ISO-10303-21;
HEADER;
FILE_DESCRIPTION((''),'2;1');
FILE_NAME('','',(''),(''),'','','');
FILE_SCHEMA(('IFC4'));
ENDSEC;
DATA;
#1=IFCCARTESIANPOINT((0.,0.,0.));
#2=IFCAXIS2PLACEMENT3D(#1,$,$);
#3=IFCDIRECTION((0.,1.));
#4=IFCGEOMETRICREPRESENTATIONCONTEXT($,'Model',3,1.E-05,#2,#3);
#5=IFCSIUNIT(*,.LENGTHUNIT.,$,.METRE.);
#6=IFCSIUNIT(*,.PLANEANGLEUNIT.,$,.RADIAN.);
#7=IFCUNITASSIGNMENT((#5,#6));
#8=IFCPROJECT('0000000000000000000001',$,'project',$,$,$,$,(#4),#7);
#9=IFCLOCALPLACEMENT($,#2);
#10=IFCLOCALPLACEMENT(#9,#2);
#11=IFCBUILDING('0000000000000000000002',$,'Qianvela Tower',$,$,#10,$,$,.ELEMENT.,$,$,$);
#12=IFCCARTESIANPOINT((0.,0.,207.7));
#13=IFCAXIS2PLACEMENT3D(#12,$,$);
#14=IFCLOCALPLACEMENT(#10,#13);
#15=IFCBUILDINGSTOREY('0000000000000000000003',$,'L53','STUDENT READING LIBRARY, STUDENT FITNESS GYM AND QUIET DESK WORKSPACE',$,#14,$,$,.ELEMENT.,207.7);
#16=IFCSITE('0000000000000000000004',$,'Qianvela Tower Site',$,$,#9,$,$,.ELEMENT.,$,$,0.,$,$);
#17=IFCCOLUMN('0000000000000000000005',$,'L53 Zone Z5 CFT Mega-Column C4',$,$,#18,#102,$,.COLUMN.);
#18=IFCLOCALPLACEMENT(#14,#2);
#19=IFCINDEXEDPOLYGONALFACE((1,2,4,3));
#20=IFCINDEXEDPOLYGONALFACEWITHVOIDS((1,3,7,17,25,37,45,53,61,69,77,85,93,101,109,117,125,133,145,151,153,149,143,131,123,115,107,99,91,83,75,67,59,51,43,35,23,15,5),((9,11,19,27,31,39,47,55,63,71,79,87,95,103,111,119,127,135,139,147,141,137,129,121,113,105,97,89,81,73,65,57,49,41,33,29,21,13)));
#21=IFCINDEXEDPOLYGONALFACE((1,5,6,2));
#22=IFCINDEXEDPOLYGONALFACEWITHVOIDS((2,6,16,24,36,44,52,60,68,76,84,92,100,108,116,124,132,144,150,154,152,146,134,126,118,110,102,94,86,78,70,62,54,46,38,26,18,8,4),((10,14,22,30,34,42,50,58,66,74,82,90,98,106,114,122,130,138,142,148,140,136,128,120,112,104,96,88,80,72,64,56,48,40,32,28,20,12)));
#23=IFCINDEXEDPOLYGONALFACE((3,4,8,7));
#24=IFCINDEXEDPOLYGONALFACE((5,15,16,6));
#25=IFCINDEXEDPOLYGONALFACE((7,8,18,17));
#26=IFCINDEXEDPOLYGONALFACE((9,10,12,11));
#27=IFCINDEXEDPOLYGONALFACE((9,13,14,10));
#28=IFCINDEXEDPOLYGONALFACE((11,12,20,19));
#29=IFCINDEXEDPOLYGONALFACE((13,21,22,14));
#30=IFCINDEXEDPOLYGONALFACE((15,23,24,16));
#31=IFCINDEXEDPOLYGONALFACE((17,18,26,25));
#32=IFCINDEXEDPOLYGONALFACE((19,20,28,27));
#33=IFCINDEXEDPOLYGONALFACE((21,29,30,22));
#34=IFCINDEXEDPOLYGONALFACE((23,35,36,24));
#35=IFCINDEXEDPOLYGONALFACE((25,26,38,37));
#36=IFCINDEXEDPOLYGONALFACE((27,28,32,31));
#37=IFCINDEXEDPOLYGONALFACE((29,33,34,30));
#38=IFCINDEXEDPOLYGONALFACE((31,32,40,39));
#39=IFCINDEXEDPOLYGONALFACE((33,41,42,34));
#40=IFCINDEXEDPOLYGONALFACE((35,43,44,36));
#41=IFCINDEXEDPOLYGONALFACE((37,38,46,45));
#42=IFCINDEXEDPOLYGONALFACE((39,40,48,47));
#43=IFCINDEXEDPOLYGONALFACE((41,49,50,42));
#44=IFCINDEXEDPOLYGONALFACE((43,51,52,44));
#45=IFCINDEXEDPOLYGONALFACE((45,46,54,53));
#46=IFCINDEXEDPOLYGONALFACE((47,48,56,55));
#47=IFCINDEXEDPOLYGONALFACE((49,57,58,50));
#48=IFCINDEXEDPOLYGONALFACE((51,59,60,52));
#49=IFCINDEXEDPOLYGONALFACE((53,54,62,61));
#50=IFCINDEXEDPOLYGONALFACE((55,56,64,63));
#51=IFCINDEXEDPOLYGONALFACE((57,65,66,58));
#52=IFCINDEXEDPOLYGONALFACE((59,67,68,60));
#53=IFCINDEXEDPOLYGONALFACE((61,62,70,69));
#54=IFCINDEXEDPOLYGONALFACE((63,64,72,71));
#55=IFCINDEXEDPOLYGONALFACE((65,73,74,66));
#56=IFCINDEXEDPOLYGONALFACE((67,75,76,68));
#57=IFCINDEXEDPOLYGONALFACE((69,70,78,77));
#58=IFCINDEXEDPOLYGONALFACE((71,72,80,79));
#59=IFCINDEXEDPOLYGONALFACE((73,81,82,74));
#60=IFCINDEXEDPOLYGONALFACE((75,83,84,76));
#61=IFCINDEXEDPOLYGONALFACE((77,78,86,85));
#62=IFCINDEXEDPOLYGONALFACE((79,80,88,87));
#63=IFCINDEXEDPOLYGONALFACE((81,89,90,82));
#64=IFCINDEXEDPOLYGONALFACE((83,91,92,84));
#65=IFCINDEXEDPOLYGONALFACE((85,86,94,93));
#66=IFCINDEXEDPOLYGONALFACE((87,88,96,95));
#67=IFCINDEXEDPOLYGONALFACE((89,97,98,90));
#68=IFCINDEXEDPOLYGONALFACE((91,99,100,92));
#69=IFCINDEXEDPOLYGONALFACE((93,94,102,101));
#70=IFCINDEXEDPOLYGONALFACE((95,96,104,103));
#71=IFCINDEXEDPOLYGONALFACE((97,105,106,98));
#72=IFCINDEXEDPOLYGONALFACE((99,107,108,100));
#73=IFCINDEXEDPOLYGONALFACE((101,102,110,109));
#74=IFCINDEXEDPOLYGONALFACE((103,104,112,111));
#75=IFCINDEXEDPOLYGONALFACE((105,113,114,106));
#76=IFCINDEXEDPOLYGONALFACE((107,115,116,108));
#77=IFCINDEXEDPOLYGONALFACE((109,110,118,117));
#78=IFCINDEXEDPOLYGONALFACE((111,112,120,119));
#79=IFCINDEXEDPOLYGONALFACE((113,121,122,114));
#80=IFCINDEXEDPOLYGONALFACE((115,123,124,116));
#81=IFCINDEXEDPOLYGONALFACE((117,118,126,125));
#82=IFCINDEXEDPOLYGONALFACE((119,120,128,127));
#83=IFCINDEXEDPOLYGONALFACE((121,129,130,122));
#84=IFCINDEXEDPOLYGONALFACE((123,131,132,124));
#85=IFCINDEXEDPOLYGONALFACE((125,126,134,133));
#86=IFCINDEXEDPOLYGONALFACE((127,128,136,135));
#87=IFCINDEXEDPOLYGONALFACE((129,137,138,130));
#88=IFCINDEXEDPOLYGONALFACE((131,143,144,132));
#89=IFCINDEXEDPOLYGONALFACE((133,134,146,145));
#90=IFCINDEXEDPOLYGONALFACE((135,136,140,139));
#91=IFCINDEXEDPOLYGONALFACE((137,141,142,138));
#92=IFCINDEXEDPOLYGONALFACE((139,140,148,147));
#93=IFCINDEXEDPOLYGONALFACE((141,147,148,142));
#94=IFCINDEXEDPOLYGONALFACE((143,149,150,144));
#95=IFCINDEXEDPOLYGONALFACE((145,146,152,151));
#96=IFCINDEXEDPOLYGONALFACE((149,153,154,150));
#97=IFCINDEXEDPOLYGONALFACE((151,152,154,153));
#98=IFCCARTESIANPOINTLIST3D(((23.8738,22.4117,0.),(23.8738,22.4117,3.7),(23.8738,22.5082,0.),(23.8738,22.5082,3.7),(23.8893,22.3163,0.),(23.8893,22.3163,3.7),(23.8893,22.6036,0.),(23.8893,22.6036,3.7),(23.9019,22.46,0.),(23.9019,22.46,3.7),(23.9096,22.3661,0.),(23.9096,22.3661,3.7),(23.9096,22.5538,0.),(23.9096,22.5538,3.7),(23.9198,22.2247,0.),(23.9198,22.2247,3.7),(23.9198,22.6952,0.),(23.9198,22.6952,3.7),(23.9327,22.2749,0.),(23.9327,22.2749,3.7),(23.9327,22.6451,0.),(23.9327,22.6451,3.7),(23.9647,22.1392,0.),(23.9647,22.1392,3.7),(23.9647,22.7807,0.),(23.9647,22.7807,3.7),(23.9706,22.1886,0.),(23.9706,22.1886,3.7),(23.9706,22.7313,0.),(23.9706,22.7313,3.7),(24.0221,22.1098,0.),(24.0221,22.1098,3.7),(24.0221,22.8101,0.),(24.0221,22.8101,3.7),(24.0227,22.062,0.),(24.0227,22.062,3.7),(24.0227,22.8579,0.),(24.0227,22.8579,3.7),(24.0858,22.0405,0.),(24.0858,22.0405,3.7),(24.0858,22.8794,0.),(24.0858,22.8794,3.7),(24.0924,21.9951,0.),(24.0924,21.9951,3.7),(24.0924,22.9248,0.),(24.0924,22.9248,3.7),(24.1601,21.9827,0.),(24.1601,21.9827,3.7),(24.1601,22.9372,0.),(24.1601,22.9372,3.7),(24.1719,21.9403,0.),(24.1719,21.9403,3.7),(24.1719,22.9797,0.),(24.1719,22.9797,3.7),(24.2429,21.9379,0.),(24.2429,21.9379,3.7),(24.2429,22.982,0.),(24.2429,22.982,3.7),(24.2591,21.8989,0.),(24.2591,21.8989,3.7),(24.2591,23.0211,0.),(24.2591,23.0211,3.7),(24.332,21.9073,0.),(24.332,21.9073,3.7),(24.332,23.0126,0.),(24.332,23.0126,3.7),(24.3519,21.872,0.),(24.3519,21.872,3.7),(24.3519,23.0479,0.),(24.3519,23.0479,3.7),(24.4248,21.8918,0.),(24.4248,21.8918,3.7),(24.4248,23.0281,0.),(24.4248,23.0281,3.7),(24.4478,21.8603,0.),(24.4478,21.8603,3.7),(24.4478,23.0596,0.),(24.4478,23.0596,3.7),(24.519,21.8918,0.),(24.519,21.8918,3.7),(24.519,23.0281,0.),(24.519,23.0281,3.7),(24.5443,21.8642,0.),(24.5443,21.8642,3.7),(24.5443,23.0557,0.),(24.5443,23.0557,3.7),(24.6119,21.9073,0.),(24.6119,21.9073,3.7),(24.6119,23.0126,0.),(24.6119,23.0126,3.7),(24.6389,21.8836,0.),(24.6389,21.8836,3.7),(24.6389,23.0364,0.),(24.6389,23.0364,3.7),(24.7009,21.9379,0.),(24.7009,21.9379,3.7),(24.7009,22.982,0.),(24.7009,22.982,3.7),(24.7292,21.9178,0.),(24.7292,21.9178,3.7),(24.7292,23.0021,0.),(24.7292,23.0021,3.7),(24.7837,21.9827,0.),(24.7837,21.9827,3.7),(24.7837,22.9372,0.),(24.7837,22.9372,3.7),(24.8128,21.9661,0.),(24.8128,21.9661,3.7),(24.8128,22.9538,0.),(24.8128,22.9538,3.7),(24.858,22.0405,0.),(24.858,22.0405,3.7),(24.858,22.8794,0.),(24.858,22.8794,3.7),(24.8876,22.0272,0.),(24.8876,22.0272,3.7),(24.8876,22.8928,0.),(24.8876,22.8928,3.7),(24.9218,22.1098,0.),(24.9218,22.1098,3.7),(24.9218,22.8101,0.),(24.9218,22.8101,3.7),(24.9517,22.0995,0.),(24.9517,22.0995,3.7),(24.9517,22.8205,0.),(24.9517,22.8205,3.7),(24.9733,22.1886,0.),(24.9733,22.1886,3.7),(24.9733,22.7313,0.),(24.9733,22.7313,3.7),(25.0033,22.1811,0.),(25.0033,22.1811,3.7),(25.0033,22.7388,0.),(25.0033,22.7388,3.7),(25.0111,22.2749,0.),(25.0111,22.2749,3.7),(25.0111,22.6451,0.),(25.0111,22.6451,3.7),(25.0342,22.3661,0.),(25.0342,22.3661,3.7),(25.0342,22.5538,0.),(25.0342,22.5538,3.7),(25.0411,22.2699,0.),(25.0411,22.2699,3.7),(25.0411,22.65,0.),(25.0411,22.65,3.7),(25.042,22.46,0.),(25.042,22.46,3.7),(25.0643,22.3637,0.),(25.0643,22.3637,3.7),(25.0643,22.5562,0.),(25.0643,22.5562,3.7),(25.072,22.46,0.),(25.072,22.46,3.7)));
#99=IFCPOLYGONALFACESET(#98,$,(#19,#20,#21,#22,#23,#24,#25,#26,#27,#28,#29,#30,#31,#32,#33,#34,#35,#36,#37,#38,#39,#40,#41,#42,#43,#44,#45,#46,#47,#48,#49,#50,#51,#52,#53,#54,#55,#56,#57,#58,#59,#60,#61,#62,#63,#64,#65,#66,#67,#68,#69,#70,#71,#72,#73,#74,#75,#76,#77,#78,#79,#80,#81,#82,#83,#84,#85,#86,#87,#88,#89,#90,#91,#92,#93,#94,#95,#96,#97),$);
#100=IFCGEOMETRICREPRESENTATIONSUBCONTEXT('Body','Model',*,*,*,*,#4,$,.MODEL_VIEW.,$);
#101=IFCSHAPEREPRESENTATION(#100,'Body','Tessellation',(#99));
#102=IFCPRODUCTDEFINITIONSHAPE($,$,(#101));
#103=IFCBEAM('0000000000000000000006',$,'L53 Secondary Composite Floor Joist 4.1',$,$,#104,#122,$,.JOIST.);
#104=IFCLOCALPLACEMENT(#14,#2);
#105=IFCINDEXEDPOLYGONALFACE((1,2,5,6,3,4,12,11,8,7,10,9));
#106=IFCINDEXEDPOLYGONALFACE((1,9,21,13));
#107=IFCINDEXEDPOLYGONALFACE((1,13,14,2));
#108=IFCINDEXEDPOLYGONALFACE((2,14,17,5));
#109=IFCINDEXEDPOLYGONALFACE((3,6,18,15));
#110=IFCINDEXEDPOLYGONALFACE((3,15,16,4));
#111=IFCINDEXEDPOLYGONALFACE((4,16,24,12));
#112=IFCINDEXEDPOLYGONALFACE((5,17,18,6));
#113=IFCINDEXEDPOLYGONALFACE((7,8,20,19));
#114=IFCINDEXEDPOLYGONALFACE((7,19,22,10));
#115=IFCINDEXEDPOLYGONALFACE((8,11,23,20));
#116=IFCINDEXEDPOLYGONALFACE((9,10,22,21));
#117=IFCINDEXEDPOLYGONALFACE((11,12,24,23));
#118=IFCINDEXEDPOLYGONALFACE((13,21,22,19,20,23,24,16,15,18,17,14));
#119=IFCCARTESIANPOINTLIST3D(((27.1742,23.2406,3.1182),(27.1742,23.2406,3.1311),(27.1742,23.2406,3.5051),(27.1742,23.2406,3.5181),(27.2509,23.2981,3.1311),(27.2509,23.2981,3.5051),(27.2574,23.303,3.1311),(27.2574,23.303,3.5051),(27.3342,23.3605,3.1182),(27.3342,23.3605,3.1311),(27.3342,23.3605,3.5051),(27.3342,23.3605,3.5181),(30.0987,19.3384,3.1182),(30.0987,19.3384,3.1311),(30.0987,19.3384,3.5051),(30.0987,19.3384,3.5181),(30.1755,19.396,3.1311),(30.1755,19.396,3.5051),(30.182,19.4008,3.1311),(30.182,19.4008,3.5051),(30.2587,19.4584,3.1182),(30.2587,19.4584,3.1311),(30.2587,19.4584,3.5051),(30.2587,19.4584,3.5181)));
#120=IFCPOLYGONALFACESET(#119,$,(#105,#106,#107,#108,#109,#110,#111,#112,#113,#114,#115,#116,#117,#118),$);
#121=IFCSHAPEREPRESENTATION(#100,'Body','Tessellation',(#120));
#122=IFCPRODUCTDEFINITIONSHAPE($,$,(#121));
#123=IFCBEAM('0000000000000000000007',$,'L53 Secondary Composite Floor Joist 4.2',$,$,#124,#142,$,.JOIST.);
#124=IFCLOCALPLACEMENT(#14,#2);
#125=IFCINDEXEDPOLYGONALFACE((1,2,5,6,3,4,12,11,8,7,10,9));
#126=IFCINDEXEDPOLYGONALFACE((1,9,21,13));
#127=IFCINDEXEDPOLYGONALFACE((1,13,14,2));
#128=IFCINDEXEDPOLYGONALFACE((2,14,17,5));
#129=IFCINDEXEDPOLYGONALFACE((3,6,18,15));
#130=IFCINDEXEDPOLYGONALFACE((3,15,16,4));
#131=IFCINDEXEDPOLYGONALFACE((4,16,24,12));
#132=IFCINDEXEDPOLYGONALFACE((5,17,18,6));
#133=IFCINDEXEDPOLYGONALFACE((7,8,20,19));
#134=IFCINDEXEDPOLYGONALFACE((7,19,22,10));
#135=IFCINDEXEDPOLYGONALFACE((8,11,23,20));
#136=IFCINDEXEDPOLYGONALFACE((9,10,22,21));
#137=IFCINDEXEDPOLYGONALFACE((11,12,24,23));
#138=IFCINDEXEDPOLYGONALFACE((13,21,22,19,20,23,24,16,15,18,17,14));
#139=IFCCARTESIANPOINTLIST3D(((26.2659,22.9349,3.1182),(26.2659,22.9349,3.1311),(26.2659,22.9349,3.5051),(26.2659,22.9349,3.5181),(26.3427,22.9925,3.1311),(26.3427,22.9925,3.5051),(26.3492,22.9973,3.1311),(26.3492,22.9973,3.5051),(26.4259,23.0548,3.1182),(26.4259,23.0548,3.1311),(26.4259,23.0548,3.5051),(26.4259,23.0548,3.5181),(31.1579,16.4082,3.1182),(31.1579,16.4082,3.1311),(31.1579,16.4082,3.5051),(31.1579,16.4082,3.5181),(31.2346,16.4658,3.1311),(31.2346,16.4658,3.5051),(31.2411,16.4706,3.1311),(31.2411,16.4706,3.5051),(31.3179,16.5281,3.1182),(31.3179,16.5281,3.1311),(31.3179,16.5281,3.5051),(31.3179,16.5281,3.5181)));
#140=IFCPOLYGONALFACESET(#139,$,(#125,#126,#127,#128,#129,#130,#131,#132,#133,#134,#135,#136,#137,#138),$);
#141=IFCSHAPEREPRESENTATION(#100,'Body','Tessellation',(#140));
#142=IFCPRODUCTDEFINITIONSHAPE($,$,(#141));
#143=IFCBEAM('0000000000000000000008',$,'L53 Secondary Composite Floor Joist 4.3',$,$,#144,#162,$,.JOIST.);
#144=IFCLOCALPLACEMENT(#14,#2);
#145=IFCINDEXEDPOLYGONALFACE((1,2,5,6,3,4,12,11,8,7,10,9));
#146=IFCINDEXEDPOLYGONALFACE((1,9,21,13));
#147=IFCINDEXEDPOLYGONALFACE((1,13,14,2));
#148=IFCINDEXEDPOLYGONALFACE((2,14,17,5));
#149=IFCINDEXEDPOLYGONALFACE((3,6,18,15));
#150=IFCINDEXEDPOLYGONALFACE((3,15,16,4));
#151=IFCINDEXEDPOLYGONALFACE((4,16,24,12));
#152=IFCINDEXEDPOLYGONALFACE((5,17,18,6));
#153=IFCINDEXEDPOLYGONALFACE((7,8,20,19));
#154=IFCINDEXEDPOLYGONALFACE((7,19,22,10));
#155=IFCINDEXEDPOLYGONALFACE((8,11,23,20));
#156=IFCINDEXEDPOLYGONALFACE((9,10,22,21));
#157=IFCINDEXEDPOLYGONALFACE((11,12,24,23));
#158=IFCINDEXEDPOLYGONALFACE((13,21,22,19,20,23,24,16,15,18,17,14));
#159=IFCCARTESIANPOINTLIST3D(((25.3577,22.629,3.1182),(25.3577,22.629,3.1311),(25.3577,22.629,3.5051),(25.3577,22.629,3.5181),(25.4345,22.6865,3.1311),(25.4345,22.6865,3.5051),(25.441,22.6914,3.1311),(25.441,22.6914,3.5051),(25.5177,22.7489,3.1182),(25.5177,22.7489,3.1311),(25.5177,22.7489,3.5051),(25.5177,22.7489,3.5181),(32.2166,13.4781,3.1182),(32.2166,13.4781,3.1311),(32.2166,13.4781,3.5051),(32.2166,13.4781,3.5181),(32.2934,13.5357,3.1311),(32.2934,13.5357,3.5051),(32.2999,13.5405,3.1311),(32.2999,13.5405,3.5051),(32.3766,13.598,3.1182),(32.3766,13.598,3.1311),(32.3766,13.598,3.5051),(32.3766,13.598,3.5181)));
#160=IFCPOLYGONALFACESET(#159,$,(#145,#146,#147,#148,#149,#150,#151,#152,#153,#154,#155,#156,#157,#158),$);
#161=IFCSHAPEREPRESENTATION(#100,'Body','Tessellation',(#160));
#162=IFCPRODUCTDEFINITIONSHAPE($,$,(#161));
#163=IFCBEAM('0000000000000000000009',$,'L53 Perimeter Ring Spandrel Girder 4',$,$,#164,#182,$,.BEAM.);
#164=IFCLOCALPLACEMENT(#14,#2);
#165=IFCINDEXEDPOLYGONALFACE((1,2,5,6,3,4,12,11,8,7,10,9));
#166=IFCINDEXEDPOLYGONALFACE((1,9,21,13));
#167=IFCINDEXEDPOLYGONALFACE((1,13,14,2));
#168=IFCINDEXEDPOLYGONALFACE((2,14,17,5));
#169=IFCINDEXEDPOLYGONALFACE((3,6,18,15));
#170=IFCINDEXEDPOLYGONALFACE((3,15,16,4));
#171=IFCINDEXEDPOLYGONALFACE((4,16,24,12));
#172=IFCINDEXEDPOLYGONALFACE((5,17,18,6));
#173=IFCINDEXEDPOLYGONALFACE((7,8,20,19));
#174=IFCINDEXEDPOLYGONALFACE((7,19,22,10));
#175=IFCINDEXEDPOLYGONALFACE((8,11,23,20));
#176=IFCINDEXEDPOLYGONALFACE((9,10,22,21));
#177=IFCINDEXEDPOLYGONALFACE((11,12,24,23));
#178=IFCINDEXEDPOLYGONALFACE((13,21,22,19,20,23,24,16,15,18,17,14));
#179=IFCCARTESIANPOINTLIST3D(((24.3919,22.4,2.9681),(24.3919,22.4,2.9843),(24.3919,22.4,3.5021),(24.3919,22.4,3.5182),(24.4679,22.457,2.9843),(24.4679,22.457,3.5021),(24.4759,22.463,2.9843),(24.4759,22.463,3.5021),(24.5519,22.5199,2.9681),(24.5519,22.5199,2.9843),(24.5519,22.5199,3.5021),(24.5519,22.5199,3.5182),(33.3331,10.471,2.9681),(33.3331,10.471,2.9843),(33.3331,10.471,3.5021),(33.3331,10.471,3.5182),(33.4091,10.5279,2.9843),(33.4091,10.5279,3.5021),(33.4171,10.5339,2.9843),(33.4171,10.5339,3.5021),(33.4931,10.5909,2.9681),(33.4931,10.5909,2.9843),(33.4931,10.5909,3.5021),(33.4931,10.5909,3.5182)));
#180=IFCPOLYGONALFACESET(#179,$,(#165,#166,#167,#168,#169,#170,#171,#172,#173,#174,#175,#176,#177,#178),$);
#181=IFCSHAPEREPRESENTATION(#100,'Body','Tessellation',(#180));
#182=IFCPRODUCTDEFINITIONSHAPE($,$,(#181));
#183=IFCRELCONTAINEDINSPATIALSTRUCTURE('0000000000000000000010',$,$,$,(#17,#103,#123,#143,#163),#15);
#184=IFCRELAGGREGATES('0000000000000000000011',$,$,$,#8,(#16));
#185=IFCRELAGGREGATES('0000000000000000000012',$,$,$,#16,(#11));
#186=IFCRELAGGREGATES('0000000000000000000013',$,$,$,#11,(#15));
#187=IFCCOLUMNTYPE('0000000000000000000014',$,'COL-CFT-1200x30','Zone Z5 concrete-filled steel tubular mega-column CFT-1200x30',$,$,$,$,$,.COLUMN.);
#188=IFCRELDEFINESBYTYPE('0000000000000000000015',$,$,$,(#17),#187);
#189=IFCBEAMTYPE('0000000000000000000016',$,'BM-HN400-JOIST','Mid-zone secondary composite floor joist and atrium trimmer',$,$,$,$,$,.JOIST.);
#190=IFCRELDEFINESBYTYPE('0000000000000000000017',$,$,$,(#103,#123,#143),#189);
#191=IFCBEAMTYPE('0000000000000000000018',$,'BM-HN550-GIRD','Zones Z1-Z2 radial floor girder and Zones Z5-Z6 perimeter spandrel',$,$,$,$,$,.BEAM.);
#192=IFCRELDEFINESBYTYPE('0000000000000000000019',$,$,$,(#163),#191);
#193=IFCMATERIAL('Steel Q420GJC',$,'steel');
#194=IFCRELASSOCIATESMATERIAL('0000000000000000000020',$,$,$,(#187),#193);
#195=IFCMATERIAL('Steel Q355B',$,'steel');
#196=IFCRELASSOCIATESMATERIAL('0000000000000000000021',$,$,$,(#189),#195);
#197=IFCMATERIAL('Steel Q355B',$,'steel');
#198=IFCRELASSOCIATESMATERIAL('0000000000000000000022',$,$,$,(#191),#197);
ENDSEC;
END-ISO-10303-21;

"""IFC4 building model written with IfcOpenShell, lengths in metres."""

from ifc_helpers import new_model, si_unit, direction, frame, origin, origin_2d, place, context, subcontext, project, spatial, hollow_circle, i_section, extrude, material, material_profile, profile_set, type_object, element, save


model = new_model("IFC4")

# Units and contexts
model_context = context("Model", 3, precision=1e-05, world=origin(), true_north=direction((0.0, 1.0)))
body_context = subcontext(model_context, "Body", "Model", "MODEL_VIEW")
ifc_project = project(units=[si_unit("LENGTHUNIT", "METRE"), si_unit("PLANEANGLEUNIT", "RADIAN")], contexts=[model_context])

# Site, building, storey
site_placement = place(None, origin())
site = spatial("IfcSite", under=ifc_project, at=site_placement, Name="Qianvela Tower Site", CompositionType="ELEMENT", RefElevation=0.0)
building_placement = place(site_placement, origin())
building = spatial("IfcBuilding", under=site, at=building_placement, Name="Qianvela Tower", CompositionType="ELEMENT")
storey_placement = place(building_placement, frame((0.0, 0.0, 207.7)))
storey = spatial("IfcBuildingStorey", under=building, at=storey_placement, Name="L53", Description="STUDENT READING LIBRARY, STUDENT FITNESS GYM AND QUIET DESK WORKSPACE", CompositionType="ELEMENT", Elevation=207.7)

# Column
ifc_material_1 = material(Name="Steel Q420GJC", Category="steel")
ifc_material_profile_1 = material_profile(ifc_material_1, hollow_circle(Radius=0.6001, WallThickness=0.03, at=origin_2d()), Name="CFT-1200x30")
ifc_profile_set_1 = profile_set([ifc_material_profile_1], Name="Steel Q420GJC")
column_type = type_object("IfcColumnType", Name="COL-CFT-1200x30", Description="Zone Z5 concrete-filled steel tubular mega-column CFT-1200x30", PredefinedType="COLUMN", material=ifc_profile_set_1)
column_placement = place(storey_placement, frame((24.4719, 22.46, 0.0), z_axis=(0.0, 0.0, 1.0), x_axis=(1.0, 0.0, 0.0)))
element("IfcColumn", 1, at=column_placement, inside=storey, type_object=column_type, Name="L53 Zone Z5 CFT Mega-Column C4", PredefinedType="COLUMN", context=body_context, shape_type="SweptSolid", body=[
    extrude(hollow_circle(Radius=0.6001, WallThickness=0.03, at=origin_2d()), origin(), (0.0, 0.0, 1.0), 3.7),
])

# Beams
ifc_material_2 = material(Name="Steel Q355B", Category="steel")
ifc_material_profile_2 = material_profile(ifc_material_2, i_section(OverallWidth=0.2, OverallDepth=0.3999, WebThickness=0.0081, FlangeThickness=0.0129, at=origin_2d()), Name="HN400x200x8x13")
ifc_profile_set_2 = profile_set([ifc_material_profile_2], Name="Steel Q355B")
beam_type_1 = type_object("IfcBeamType", Name="BM-HN400-JOIST", Description="Mid-zone secondary composite floor joist and atrium trimmer", PredefinedType="JOIST", material=ifc_profile_set_2)
beam_1_placement = place(storey_placement, frame((27.2542, 23.3005, 3.3181), z_axis=(0.599736, -0.800198, 0.0), x_axis=(0.800198, 0.599736, 0.0)))
element("IfcBeam", 2, at=beam_1_placement, inside=storey, type_object=beam_type_1, Name="L53 Secondary Composite Floor Joist 4.1", PredefinedType="JOIST", context=body_context, shape_type="SweptSolid", body=[
    extrude(i_section(OverallWidth=0.2, OverallDepth=0.3999, WebThickness=0.0081, FlangeThickness=0.0129, at=origin_2d()), origin(), (0.0, 0.0, 1.0), 4.8765),
])
beam_2_placement = place(storey_placement, frame((26.3459, 22.9949, 3.3181), z_axis=(0.599756, -0.800183, 0.0), x_axis=(0.800183, 0.599756, 0.0)))
element("IfcBeam", 3, at=beam_2_placement, inside=storey, type_object=beam_type_1, Name="L53 Secondary Composite Floor Joist 4.2", PredefinedType="JOIST", context=body_context, shape_type="SweptSolid", body=[
    extrude(i_section(OverallWidth=0.2, OverallDepth=0.3999, WebThickness=0.0081, FlangeThickness=0.0129, at=origin_2d()), origin(), (0.0, 0.0, 1.0), 8.1565),
])
beam_3_placement = place(storey_placement, frame((25.4377, 22.689, 3.3181), z_axis=(0.599761, -0.800179, 0.0), x_axis=(0.800179, 0.599761, 0.0)))
element("IfcBeam", 4, at=beam_3_placement, inside=storey, type_object=beam_type_1, Name="L53 Secondary Composite Floor Joist 4.3", PredefinedType="JOIST", context=body_context, shape_type="SweptSolid", body=[
    extrude(i_section(OverallWidth=0.2, OverallDepth=0.3999, WebThickness=0.0081, FlangeThickness=0.0129, at=origin_2d()), origin(), (0.0, 0.0, 1.0), 11.436),
])
ifc_material_3 = material(Name="Steel Q355B", Category="steel")
ifc_material_profile_3 = material_profile(ifc_material_3, i_section(OverallWidth=0.2, OverallDepth=0.55, WebThickness=0.01, FlangeThickness=0.0161, at=origin_2d()), Name="HN550x200x10x16")
ifc_profile_set_3 = profile_set([ifc_material_profile_3], Name="Steel Q355B")
beam_type_2 = type_object("IfcBeamType", Name="BM-HN550-GIRD", Description="Zones Z1-Z2 radial floor girder and Zones Z5-Z6 perimeter spandrel", PredefinedType="BEAM", material=ifc_profile_set_3)
beam_4_placement = place(storey_placement, frame((24.4719, 22.46, 3.2432), z_axis=(0.599762, -0.800179, 0.0), x_axis=(0.800179, 0.599762, 0.0)))
element("IfcBeam", 5, at=beam_4_placement, inside=storey, type_object=beam_type_2, Name="L53 Perimeter Ring Spandrel Girder 4", PredefinedType="BEAM", context=body_context, shape_type="SweptSolid", body=[
    extrude(i_section(OverallWidth=0.2, OverallDepth=0.55, WebThickness=0.01, FlangeThickness=0.0161, at=origin_2d()), origin(), (0.0, 0.0, 1.0), 14.908),
])

save(model, "model.ifc")
